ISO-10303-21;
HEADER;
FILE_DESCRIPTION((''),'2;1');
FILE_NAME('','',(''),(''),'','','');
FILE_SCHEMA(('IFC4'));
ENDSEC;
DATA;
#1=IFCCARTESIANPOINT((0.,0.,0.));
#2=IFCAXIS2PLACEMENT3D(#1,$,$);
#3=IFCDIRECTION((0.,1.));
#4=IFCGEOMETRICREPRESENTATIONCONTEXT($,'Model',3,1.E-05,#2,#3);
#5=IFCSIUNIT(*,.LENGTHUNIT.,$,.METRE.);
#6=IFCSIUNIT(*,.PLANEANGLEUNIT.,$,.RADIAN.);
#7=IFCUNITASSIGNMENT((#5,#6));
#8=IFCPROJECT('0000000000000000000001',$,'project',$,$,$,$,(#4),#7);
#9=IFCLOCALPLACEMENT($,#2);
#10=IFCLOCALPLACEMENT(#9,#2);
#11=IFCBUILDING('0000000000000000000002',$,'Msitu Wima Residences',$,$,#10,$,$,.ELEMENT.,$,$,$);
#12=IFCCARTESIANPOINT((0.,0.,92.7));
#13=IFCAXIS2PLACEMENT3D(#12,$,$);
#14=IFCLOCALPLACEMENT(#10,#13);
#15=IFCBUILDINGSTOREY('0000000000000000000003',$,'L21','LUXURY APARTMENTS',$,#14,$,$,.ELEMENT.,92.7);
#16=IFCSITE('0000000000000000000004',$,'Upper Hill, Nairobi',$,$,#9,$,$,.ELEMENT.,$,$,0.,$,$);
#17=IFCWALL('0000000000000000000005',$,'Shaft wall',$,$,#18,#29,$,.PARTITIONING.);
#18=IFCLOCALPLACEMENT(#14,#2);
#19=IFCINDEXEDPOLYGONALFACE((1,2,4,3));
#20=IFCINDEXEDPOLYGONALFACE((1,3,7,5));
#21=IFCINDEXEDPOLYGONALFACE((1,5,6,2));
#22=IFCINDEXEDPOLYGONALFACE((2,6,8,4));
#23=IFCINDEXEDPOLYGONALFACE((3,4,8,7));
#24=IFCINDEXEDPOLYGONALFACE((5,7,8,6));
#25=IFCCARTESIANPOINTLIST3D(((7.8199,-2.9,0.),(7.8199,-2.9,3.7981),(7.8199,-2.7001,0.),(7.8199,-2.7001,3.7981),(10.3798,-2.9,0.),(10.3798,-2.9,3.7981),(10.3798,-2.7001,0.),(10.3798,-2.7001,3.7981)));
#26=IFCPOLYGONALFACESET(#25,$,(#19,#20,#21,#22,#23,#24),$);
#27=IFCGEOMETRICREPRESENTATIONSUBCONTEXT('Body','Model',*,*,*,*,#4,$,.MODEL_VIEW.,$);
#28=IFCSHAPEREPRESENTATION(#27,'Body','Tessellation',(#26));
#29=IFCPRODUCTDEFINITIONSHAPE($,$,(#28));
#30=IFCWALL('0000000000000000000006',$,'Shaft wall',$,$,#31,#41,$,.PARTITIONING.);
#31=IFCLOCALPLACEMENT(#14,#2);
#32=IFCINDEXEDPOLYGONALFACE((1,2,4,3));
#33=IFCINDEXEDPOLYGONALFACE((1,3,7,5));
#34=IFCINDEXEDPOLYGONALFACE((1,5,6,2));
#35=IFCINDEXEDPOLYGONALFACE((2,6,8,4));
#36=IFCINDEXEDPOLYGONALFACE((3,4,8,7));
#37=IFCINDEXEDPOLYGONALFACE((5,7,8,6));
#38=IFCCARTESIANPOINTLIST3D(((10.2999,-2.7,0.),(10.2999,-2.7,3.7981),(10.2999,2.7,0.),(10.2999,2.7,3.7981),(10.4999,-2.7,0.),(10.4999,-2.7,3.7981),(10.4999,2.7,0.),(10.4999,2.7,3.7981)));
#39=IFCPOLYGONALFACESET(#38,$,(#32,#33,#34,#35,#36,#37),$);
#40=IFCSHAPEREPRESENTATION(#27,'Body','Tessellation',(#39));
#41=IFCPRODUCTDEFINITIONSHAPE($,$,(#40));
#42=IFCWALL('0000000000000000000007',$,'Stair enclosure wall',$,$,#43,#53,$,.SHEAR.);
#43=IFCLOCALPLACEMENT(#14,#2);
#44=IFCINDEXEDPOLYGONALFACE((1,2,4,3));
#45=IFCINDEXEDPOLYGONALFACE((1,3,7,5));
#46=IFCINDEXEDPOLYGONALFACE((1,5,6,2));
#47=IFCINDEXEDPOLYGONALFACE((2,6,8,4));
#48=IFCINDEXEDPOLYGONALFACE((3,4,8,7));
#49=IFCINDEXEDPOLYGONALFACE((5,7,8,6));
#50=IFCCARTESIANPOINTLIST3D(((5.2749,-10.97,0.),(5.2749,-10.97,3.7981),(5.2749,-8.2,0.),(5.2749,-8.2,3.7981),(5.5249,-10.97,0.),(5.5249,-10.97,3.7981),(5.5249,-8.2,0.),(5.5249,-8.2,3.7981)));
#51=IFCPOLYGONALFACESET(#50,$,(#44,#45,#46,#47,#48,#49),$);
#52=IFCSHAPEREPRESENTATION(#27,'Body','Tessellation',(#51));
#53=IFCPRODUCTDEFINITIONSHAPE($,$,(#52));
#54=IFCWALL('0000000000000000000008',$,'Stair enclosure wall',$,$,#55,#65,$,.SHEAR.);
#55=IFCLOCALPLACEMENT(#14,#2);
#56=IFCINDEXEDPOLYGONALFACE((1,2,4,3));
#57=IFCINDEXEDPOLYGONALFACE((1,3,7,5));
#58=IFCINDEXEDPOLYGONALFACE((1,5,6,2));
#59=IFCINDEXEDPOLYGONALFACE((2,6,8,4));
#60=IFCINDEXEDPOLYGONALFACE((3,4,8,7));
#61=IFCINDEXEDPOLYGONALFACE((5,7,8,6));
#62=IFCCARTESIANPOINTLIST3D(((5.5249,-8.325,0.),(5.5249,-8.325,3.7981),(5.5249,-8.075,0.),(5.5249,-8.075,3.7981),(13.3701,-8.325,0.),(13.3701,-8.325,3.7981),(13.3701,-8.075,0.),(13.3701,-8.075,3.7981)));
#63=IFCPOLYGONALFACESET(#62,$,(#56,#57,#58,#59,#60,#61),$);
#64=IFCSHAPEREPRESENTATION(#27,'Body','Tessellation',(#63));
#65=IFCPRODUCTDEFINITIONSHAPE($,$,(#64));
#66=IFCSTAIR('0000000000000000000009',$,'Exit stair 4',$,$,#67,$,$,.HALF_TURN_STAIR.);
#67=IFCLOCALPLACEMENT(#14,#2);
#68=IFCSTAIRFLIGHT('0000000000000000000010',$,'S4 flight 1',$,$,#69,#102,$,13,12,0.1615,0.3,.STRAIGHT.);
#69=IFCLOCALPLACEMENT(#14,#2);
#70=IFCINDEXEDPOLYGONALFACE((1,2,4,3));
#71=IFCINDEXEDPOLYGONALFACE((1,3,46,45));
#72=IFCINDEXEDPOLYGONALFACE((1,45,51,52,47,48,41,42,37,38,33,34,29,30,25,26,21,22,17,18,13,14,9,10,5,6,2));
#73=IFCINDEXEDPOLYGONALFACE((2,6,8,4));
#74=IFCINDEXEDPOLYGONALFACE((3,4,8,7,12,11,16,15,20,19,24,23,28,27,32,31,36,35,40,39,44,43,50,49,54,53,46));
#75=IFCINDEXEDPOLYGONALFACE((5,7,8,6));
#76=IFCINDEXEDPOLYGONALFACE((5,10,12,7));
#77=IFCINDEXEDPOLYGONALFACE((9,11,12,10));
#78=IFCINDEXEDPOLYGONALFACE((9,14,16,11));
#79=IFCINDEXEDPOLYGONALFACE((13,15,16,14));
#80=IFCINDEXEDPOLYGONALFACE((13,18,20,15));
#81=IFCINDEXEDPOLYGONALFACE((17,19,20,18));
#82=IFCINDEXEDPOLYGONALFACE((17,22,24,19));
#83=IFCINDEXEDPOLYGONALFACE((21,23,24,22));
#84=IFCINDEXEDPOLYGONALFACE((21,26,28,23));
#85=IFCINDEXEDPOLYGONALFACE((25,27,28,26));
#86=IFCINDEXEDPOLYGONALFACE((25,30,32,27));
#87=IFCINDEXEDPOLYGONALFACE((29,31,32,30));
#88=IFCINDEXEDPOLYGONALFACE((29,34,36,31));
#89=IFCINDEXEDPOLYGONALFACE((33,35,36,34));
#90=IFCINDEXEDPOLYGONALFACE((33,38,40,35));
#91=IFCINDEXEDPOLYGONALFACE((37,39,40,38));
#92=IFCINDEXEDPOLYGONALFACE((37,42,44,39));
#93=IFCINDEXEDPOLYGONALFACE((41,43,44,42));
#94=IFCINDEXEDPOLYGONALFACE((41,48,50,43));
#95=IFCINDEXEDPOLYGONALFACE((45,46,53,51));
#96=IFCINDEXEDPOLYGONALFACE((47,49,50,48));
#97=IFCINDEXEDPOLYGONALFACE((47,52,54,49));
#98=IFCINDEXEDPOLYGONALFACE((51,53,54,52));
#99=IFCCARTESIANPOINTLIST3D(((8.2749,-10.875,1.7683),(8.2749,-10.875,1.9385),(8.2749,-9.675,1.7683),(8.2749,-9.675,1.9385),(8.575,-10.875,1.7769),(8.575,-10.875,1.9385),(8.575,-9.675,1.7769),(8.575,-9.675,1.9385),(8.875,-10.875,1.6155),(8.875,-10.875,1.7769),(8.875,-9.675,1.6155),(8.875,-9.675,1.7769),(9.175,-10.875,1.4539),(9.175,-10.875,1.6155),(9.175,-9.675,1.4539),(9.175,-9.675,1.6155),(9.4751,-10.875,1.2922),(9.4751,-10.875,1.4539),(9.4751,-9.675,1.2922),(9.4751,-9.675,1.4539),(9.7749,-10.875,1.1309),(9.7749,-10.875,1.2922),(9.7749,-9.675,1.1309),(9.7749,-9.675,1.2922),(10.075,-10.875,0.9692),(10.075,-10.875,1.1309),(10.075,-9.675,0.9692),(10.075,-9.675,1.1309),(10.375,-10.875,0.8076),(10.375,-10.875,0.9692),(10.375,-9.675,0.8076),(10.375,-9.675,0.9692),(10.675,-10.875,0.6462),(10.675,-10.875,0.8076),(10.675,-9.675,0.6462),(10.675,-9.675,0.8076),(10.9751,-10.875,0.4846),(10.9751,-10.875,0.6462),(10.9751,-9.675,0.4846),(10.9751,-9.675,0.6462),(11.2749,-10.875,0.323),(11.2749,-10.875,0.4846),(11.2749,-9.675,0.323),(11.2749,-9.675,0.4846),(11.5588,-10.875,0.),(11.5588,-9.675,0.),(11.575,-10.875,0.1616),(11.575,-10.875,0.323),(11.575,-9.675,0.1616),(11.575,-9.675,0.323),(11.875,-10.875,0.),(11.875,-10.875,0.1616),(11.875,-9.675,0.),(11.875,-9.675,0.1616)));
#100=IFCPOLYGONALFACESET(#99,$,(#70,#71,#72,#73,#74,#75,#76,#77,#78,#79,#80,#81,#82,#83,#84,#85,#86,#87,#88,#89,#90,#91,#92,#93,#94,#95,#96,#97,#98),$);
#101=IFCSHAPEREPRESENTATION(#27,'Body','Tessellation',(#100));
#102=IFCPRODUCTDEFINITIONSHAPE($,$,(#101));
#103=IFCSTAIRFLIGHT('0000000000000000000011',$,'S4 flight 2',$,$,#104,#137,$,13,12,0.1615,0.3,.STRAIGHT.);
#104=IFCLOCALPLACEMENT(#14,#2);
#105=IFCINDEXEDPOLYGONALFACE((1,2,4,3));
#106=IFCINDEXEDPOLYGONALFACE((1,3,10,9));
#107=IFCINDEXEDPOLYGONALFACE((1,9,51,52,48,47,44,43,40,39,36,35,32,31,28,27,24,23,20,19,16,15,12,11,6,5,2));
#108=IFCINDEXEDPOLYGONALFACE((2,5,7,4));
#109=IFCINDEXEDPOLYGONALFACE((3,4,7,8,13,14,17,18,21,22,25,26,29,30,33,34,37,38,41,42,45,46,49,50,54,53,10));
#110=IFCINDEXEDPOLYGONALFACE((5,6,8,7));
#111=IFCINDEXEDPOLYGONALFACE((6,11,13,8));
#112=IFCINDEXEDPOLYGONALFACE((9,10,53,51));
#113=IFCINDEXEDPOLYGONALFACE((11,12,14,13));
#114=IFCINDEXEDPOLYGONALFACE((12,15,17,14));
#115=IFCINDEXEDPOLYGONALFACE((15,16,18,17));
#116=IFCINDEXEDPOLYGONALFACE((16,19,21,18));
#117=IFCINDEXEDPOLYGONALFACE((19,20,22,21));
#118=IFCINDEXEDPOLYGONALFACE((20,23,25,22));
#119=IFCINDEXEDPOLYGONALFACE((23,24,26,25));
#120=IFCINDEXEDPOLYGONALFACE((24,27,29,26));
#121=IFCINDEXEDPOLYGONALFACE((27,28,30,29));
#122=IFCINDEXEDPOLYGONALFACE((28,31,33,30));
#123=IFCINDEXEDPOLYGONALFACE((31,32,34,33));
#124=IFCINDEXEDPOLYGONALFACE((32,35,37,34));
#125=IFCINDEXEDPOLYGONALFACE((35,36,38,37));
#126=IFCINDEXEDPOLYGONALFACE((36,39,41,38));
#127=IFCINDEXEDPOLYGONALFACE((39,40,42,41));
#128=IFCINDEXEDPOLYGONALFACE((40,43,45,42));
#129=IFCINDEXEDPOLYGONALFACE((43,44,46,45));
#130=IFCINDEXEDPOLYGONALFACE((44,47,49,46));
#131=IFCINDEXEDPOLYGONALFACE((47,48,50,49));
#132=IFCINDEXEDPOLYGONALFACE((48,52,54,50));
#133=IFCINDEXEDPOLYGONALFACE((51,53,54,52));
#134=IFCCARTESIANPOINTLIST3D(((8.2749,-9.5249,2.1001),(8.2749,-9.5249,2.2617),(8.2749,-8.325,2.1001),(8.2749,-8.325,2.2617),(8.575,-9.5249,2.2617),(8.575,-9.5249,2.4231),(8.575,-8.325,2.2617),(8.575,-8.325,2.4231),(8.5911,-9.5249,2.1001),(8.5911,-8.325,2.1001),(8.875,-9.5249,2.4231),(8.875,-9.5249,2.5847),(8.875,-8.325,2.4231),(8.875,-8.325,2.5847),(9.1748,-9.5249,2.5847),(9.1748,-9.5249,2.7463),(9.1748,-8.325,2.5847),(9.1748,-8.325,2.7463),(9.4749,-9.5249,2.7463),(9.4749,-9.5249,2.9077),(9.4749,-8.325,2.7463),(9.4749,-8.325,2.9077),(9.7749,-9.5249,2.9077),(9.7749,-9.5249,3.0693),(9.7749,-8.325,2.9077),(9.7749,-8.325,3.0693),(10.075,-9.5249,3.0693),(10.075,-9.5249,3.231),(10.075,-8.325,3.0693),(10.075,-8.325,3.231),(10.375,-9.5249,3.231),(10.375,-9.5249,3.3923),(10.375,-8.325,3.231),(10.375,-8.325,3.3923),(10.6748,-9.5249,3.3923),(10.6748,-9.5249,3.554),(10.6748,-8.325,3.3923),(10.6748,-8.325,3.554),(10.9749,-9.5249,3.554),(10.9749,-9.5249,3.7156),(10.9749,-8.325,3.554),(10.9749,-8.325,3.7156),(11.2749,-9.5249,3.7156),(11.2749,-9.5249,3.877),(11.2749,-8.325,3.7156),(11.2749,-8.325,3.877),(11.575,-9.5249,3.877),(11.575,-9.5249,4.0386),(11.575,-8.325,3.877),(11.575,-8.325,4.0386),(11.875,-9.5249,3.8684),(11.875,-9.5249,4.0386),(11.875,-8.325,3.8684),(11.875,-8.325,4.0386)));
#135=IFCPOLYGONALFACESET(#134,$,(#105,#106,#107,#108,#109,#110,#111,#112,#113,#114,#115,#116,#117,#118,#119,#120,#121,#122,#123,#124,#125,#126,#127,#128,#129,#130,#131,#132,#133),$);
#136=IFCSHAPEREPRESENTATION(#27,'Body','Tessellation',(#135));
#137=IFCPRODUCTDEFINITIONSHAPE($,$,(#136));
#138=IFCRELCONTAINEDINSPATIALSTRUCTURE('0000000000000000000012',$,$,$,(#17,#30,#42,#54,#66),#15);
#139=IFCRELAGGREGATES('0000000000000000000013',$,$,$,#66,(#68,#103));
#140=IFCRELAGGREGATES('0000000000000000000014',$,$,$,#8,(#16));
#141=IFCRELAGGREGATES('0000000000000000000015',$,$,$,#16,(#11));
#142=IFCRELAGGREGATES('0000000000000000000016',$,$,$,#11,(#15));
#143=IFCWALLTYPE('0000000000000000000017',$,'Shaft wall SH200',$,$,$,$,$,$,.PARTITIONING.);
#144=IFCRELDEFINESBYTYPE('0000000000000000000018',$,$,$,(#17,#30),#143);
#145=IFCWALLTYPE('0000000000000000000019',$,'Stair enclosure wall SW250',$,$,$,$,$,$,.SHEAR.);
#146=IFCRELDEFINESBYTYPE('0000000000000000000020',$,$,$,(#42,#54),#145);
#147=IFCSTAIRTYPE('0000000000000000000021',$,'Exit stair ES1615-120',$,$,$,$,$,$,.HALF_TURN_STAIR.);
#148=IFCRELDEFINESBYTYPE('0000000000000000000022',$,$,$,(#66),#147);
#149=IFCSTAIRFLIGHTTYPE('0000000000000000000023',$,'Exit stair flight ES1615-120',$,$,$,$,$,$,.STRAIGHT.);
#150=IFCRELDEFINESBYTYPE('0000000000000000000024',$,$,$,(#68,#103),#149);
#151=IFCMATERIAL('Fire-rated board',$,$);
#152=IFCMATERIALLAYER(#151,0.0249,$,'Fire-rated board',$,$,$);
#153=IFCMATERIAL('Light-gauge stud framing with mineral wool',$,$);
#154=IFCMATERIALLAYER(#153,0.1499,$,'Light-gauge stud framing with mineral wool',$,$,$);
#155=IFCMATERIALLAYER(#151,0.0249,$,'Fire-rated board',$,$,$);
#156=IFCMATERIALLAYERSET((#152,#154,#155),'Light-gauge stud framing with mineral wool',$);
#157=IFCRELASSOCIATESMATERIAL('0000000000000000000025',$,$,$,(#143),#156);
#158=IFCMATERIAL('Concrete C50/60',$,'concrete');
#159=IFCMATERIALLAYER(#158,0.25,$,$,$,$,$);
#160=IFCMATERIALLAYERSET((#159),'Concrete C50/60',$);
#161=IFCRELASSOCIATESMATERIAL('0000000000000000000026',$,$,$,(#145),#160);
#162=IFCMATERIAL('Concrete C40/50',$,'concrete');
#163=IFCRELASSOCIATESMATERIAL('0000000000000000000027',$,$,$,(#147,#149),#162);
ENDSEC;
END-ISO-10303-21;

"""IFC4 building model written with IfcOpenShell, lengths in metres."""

from ifc_helpers import new_model, si_unit, direction, frame, frame_2d, origin, place, context, subcontext, project, spatial, polyline, rectangle, outline, extrude, material, layer, layer_set, type_object, element, aggregate, save


model = new_model("IFC4")

# Units and contexts
model_context = context("Model", 3, precision=1e-05, world=origin(), true_north=direction((0.0, 1.0)))
body_context = subcontext(model_context, "Body", "Model", "MODEL_VIEW")
ifc_project = project(units=[si_unit("LENGTHUNIT", "METRE"), si_unit("PLANEANGLEUNIT", "RADIAN")], contexts=[model_context])

# Site, building, storey
site_placement = place(None, origin())
site = spatial("IfcSite", under=ifc_project, at=site_placement, Name="Upper Hill, Nairobi", CompositionType="ELEMENT", RefElevation=0.0)
building_placement = place(site_placement, origin())
building = spatial("IfcBuilding", under=site, at=building_placement, Name="Msitu Wima Residences", CompositionType="ELEMENT")
storey_placement = place(building_placement, frame((0.0, 0.0, 92.7)))
storey = spatial("IfcBuildingStorey", under=building, at=storey_placement, Name="L21", Description="LUXURY APARTMENTS", CompositionType="ELEMENT", Elevation=92.7)

# Shared definitions
ifc_material_1 = material(Name="Concrete C40/50", Category="concrete")

# Walls
ifc_material_2 = material(Name="Fire-rated board")
ifc_layer_1 = layer(ifc_material_2, 0.0249, Name="Fire-rated board")
ifc_material_3 = material(Name="Light-gauge stud framing with mineral wool")
ifc_layer_2 = layer(ifc_material_3, 0.1499, Name="Light-gauge stud framing with mineral wool")
ifc_layer_3 = layer(ifc_material_2, 0.0249, Name="Fire-rated board")
ifc_layer_set_1 = layer_set([ifc_layer_1, ifc_layer_2, ifc_layer_3], Name="Light-gauge stud framing with mineral wool")
wall_type_1 = type_object("IfcWallType", Name="Shaft wall SH200", PredefinedType="PARTITIONING", material=ifc_layer_set_1)
wall_1_placement = place(storey_placement, frame((7.8201, -2.8, 0.0), z_axis=(0.0, 0.0, 1.0), x_axis=(1.0, 0.0, 0.0)))
element("IfcWall", 1, at=wall_1_placement, inside=storey, type_object=wall_type_1, Name="Shaft wall", PredefinedType="PARTITIONING", context=body_context, shape_type="SweptSolid", body=[
    extrude(rectangle(XDim=2.5598, YDim=0.2, at=frame_2d((1.2798, 0.0))), origin(), (0.0, 0.0, 1.0), 3.7981),
])
wall_2_placement = place(storey_placement, frame((10.3999, -2.7, 0.0), z_axis=(0.0, 0.0, 1.0), x_axis=(0.0, 1.0, 0.0)))
element("IfcWall", 2, at=wall_2_placement, inside=storey, type_object=wall_type_1, Name="Shaft wall", PredefinedType="PARTITIONING", context=body_context, shape_type="SweptSolid", body=[
    extrude(rectangle(XDim=5.3999, YDim=0.2, at=frame_2d((2.7, 0.0))), origin(), (0.0, 0.0, 1.0), 3.7981),
])
ifc_material_4 = material(Name="Concrete C50/60", Category="concrete")
ifc_layer_4 = layer(ifc_material_4, 0.25)
ifc_layer_set_2 = layer_set([ifc_layer_4], Name="Concrete C50/60")
wall_type_2 = type_object("IfcWallType", Name="Stair enclosure wall SW250", PredefinedType="SHEAR", material=ifc_layer_set_2)
wall_3_placement = place(storey_placement, frame((5.3999, -10.97, 0.0), z_axis=(0.0, 0.0, 1.0), x_axis=(0.0, 1.0, 0.0)))
element("IfcWall", 3, at=wall_3_placement, inside=storey, type_object=wall_type_2, Name="Stair enclosure wall", PredefinedType="SHEAR", context=body_context, shape_type="SweptSolid", body=[
    extrude(rectangle(XDim=2.77, YDim=0.25, at=frame_2d((1.385, 0.0))), origin(), (0.0, 0.0, 1.0), 3.7981),
])
wall_4_placement = place(storey_placement, frame((5.5249, -8.2, 0.0), z_axis=(0.0, 0.0, 1.0), x_axis=(1.0, 0.0, 0.0)))
element("IfcWall", 4, at=wall_4_placement, inside=storey, type_object=wall_type_2, Name="Stair enclosure wall", PredefinedType="SHEAR", context=body_context, shape_type="SweptSolid", body=[
    extrude(rectangle(XDim=7.8452, YDim=0.25, at=frame_2d((3.9226, 0.0))), origin(), (0.0, 0.0, 1.0), 3.7981),
])

# Stair, stair flights
stair_type = type_object("IfcStairType", Name="Exit stair ES1615-120", PredefinedType="HALF_TURN_STAIR", material=ifc_material_1)
stair_placement = place(storey_placement, origin())
stair = element("IfcStair", 5, at=stair_placement, inside=storey, type_object=stair_type, Name="Exit stair 4", PredefinedType="HALF_TURN_STAIR")
stair_flight_type = type_object("IfcStairFlightType", Name="Exit stair flight ES1615-120", PredefinedType="STRAIGHT", material=ifc_material_1)
stair_flight_1_placement = place(storey_placement, frame((11.875, -10.2749, 0.0), z_axis=(0.0, 0.0, 1.0), x_axis=(-1.0, 0.0, 0.0)))
stair_flight_1 = element("IfcStairFlight", 6, at=stair_flight_1_placement, type_object=stair_flight_type, Name="S4 flight 1", NumberOfRisers=13, NumberOfTreads=12, PredefinedType="STRAIGHT", RiserHeight=0.1615, TreadLength=0.3, context=body_context, shape_type="SweptSolid", body=[
    extrude(outline(polyline([(0.0, 0.0), (0.0, 0.1616), (0.3, 0.1616), (0.3, 0.323), (0.6001, 0.323), (0.6001, 0.4846), (0.8999, 0.4846), (0.8999, 0.6462), (1.2, 0.6462), (1.2, 0.8076), (1.5, 0.8076), (1.5, 0.9692), (1.8, 0.9692), (1.8, 1.1309), (2.1001, 1.1309), (2.1001, 1.2922), (2.3999, 1.2922), (2.3999, 1.4539), (2.7, 1.4539), (2.7, 1.6155), (3.0, 1.6155), (3.0, 1.7769), (3.3, 1.7769), (3.3, 1.9385), (3.6001, 1.9385), (3.6001, 2.1001), (3.6001, 1.7683), (0.3162, 0.0), (0.0, 0.0)])), frame((0.0, 0.6001, 0.0), z_axis=(0.0, -1.0, 0.0), x_axis=(1.0, 0.0, 0.0)), (0.0, 0.0, 1.0), 1.2),
])
stair_flight_2_placement = place(storey_placement, frame((8.2749, -8.925, 2.1001), z_axis=(0.0, 0.0, 1.0), x_axis=(1.0, 0.0, 0.0)))
stair_flight_2 = element("IfcStairFlight", 7, at=stair_flight_2_placement, type_object=stair_flight_type, Name="S4 flight 2", NumberOfRisers=13, NumberOfTreads=12, PredefinedType="STRAIGHT", RiserHeight=0.1615, TreadLength=0.3, context=body_context, shape_type="SweptSolid", body=[
    extrude(outline(polyline([(0.0, 0.0), (0.0, 0.1616), (0.3, 0.1616), (0.3, 0.323), (0.6001, 0.323), (0.6001, 0.4846), (0.8999, 0.4846), (0.8999, 0.6462), (1.2, 0.6462), (1.2, 0.8076), (1.5, 0.8076), (1.5, 0.9692), (1.8, 0.9692), (1.8, 1.1309), (2.1001, 1.1309), (2.1001, 1.2922), (2.3999, 1.2922), (2.3999, 1.4539), (2.7, 1.4539), (2.7, 1.6155), (3.0, 1.6155), (3.0, 1.7769), (3.3, 1.7769), (3.3, 1.9385), (3.6001, 1.9385), (3.6001, 2.1001), (3.6001, 1.7683), (0.3162, 0.0), (0.0, 0.0)])), frame((0.0, 0.6001, 0.0), z_axis=(0.0, -1.0, 0.0), x_axis=(1.0, 0.0, 0.0)), (0.0, 0.0, 1.0), 1.2),
])
aggregate(stair, [stair_flight_1, stair_flight_2])

save(model, "model.ifc")
